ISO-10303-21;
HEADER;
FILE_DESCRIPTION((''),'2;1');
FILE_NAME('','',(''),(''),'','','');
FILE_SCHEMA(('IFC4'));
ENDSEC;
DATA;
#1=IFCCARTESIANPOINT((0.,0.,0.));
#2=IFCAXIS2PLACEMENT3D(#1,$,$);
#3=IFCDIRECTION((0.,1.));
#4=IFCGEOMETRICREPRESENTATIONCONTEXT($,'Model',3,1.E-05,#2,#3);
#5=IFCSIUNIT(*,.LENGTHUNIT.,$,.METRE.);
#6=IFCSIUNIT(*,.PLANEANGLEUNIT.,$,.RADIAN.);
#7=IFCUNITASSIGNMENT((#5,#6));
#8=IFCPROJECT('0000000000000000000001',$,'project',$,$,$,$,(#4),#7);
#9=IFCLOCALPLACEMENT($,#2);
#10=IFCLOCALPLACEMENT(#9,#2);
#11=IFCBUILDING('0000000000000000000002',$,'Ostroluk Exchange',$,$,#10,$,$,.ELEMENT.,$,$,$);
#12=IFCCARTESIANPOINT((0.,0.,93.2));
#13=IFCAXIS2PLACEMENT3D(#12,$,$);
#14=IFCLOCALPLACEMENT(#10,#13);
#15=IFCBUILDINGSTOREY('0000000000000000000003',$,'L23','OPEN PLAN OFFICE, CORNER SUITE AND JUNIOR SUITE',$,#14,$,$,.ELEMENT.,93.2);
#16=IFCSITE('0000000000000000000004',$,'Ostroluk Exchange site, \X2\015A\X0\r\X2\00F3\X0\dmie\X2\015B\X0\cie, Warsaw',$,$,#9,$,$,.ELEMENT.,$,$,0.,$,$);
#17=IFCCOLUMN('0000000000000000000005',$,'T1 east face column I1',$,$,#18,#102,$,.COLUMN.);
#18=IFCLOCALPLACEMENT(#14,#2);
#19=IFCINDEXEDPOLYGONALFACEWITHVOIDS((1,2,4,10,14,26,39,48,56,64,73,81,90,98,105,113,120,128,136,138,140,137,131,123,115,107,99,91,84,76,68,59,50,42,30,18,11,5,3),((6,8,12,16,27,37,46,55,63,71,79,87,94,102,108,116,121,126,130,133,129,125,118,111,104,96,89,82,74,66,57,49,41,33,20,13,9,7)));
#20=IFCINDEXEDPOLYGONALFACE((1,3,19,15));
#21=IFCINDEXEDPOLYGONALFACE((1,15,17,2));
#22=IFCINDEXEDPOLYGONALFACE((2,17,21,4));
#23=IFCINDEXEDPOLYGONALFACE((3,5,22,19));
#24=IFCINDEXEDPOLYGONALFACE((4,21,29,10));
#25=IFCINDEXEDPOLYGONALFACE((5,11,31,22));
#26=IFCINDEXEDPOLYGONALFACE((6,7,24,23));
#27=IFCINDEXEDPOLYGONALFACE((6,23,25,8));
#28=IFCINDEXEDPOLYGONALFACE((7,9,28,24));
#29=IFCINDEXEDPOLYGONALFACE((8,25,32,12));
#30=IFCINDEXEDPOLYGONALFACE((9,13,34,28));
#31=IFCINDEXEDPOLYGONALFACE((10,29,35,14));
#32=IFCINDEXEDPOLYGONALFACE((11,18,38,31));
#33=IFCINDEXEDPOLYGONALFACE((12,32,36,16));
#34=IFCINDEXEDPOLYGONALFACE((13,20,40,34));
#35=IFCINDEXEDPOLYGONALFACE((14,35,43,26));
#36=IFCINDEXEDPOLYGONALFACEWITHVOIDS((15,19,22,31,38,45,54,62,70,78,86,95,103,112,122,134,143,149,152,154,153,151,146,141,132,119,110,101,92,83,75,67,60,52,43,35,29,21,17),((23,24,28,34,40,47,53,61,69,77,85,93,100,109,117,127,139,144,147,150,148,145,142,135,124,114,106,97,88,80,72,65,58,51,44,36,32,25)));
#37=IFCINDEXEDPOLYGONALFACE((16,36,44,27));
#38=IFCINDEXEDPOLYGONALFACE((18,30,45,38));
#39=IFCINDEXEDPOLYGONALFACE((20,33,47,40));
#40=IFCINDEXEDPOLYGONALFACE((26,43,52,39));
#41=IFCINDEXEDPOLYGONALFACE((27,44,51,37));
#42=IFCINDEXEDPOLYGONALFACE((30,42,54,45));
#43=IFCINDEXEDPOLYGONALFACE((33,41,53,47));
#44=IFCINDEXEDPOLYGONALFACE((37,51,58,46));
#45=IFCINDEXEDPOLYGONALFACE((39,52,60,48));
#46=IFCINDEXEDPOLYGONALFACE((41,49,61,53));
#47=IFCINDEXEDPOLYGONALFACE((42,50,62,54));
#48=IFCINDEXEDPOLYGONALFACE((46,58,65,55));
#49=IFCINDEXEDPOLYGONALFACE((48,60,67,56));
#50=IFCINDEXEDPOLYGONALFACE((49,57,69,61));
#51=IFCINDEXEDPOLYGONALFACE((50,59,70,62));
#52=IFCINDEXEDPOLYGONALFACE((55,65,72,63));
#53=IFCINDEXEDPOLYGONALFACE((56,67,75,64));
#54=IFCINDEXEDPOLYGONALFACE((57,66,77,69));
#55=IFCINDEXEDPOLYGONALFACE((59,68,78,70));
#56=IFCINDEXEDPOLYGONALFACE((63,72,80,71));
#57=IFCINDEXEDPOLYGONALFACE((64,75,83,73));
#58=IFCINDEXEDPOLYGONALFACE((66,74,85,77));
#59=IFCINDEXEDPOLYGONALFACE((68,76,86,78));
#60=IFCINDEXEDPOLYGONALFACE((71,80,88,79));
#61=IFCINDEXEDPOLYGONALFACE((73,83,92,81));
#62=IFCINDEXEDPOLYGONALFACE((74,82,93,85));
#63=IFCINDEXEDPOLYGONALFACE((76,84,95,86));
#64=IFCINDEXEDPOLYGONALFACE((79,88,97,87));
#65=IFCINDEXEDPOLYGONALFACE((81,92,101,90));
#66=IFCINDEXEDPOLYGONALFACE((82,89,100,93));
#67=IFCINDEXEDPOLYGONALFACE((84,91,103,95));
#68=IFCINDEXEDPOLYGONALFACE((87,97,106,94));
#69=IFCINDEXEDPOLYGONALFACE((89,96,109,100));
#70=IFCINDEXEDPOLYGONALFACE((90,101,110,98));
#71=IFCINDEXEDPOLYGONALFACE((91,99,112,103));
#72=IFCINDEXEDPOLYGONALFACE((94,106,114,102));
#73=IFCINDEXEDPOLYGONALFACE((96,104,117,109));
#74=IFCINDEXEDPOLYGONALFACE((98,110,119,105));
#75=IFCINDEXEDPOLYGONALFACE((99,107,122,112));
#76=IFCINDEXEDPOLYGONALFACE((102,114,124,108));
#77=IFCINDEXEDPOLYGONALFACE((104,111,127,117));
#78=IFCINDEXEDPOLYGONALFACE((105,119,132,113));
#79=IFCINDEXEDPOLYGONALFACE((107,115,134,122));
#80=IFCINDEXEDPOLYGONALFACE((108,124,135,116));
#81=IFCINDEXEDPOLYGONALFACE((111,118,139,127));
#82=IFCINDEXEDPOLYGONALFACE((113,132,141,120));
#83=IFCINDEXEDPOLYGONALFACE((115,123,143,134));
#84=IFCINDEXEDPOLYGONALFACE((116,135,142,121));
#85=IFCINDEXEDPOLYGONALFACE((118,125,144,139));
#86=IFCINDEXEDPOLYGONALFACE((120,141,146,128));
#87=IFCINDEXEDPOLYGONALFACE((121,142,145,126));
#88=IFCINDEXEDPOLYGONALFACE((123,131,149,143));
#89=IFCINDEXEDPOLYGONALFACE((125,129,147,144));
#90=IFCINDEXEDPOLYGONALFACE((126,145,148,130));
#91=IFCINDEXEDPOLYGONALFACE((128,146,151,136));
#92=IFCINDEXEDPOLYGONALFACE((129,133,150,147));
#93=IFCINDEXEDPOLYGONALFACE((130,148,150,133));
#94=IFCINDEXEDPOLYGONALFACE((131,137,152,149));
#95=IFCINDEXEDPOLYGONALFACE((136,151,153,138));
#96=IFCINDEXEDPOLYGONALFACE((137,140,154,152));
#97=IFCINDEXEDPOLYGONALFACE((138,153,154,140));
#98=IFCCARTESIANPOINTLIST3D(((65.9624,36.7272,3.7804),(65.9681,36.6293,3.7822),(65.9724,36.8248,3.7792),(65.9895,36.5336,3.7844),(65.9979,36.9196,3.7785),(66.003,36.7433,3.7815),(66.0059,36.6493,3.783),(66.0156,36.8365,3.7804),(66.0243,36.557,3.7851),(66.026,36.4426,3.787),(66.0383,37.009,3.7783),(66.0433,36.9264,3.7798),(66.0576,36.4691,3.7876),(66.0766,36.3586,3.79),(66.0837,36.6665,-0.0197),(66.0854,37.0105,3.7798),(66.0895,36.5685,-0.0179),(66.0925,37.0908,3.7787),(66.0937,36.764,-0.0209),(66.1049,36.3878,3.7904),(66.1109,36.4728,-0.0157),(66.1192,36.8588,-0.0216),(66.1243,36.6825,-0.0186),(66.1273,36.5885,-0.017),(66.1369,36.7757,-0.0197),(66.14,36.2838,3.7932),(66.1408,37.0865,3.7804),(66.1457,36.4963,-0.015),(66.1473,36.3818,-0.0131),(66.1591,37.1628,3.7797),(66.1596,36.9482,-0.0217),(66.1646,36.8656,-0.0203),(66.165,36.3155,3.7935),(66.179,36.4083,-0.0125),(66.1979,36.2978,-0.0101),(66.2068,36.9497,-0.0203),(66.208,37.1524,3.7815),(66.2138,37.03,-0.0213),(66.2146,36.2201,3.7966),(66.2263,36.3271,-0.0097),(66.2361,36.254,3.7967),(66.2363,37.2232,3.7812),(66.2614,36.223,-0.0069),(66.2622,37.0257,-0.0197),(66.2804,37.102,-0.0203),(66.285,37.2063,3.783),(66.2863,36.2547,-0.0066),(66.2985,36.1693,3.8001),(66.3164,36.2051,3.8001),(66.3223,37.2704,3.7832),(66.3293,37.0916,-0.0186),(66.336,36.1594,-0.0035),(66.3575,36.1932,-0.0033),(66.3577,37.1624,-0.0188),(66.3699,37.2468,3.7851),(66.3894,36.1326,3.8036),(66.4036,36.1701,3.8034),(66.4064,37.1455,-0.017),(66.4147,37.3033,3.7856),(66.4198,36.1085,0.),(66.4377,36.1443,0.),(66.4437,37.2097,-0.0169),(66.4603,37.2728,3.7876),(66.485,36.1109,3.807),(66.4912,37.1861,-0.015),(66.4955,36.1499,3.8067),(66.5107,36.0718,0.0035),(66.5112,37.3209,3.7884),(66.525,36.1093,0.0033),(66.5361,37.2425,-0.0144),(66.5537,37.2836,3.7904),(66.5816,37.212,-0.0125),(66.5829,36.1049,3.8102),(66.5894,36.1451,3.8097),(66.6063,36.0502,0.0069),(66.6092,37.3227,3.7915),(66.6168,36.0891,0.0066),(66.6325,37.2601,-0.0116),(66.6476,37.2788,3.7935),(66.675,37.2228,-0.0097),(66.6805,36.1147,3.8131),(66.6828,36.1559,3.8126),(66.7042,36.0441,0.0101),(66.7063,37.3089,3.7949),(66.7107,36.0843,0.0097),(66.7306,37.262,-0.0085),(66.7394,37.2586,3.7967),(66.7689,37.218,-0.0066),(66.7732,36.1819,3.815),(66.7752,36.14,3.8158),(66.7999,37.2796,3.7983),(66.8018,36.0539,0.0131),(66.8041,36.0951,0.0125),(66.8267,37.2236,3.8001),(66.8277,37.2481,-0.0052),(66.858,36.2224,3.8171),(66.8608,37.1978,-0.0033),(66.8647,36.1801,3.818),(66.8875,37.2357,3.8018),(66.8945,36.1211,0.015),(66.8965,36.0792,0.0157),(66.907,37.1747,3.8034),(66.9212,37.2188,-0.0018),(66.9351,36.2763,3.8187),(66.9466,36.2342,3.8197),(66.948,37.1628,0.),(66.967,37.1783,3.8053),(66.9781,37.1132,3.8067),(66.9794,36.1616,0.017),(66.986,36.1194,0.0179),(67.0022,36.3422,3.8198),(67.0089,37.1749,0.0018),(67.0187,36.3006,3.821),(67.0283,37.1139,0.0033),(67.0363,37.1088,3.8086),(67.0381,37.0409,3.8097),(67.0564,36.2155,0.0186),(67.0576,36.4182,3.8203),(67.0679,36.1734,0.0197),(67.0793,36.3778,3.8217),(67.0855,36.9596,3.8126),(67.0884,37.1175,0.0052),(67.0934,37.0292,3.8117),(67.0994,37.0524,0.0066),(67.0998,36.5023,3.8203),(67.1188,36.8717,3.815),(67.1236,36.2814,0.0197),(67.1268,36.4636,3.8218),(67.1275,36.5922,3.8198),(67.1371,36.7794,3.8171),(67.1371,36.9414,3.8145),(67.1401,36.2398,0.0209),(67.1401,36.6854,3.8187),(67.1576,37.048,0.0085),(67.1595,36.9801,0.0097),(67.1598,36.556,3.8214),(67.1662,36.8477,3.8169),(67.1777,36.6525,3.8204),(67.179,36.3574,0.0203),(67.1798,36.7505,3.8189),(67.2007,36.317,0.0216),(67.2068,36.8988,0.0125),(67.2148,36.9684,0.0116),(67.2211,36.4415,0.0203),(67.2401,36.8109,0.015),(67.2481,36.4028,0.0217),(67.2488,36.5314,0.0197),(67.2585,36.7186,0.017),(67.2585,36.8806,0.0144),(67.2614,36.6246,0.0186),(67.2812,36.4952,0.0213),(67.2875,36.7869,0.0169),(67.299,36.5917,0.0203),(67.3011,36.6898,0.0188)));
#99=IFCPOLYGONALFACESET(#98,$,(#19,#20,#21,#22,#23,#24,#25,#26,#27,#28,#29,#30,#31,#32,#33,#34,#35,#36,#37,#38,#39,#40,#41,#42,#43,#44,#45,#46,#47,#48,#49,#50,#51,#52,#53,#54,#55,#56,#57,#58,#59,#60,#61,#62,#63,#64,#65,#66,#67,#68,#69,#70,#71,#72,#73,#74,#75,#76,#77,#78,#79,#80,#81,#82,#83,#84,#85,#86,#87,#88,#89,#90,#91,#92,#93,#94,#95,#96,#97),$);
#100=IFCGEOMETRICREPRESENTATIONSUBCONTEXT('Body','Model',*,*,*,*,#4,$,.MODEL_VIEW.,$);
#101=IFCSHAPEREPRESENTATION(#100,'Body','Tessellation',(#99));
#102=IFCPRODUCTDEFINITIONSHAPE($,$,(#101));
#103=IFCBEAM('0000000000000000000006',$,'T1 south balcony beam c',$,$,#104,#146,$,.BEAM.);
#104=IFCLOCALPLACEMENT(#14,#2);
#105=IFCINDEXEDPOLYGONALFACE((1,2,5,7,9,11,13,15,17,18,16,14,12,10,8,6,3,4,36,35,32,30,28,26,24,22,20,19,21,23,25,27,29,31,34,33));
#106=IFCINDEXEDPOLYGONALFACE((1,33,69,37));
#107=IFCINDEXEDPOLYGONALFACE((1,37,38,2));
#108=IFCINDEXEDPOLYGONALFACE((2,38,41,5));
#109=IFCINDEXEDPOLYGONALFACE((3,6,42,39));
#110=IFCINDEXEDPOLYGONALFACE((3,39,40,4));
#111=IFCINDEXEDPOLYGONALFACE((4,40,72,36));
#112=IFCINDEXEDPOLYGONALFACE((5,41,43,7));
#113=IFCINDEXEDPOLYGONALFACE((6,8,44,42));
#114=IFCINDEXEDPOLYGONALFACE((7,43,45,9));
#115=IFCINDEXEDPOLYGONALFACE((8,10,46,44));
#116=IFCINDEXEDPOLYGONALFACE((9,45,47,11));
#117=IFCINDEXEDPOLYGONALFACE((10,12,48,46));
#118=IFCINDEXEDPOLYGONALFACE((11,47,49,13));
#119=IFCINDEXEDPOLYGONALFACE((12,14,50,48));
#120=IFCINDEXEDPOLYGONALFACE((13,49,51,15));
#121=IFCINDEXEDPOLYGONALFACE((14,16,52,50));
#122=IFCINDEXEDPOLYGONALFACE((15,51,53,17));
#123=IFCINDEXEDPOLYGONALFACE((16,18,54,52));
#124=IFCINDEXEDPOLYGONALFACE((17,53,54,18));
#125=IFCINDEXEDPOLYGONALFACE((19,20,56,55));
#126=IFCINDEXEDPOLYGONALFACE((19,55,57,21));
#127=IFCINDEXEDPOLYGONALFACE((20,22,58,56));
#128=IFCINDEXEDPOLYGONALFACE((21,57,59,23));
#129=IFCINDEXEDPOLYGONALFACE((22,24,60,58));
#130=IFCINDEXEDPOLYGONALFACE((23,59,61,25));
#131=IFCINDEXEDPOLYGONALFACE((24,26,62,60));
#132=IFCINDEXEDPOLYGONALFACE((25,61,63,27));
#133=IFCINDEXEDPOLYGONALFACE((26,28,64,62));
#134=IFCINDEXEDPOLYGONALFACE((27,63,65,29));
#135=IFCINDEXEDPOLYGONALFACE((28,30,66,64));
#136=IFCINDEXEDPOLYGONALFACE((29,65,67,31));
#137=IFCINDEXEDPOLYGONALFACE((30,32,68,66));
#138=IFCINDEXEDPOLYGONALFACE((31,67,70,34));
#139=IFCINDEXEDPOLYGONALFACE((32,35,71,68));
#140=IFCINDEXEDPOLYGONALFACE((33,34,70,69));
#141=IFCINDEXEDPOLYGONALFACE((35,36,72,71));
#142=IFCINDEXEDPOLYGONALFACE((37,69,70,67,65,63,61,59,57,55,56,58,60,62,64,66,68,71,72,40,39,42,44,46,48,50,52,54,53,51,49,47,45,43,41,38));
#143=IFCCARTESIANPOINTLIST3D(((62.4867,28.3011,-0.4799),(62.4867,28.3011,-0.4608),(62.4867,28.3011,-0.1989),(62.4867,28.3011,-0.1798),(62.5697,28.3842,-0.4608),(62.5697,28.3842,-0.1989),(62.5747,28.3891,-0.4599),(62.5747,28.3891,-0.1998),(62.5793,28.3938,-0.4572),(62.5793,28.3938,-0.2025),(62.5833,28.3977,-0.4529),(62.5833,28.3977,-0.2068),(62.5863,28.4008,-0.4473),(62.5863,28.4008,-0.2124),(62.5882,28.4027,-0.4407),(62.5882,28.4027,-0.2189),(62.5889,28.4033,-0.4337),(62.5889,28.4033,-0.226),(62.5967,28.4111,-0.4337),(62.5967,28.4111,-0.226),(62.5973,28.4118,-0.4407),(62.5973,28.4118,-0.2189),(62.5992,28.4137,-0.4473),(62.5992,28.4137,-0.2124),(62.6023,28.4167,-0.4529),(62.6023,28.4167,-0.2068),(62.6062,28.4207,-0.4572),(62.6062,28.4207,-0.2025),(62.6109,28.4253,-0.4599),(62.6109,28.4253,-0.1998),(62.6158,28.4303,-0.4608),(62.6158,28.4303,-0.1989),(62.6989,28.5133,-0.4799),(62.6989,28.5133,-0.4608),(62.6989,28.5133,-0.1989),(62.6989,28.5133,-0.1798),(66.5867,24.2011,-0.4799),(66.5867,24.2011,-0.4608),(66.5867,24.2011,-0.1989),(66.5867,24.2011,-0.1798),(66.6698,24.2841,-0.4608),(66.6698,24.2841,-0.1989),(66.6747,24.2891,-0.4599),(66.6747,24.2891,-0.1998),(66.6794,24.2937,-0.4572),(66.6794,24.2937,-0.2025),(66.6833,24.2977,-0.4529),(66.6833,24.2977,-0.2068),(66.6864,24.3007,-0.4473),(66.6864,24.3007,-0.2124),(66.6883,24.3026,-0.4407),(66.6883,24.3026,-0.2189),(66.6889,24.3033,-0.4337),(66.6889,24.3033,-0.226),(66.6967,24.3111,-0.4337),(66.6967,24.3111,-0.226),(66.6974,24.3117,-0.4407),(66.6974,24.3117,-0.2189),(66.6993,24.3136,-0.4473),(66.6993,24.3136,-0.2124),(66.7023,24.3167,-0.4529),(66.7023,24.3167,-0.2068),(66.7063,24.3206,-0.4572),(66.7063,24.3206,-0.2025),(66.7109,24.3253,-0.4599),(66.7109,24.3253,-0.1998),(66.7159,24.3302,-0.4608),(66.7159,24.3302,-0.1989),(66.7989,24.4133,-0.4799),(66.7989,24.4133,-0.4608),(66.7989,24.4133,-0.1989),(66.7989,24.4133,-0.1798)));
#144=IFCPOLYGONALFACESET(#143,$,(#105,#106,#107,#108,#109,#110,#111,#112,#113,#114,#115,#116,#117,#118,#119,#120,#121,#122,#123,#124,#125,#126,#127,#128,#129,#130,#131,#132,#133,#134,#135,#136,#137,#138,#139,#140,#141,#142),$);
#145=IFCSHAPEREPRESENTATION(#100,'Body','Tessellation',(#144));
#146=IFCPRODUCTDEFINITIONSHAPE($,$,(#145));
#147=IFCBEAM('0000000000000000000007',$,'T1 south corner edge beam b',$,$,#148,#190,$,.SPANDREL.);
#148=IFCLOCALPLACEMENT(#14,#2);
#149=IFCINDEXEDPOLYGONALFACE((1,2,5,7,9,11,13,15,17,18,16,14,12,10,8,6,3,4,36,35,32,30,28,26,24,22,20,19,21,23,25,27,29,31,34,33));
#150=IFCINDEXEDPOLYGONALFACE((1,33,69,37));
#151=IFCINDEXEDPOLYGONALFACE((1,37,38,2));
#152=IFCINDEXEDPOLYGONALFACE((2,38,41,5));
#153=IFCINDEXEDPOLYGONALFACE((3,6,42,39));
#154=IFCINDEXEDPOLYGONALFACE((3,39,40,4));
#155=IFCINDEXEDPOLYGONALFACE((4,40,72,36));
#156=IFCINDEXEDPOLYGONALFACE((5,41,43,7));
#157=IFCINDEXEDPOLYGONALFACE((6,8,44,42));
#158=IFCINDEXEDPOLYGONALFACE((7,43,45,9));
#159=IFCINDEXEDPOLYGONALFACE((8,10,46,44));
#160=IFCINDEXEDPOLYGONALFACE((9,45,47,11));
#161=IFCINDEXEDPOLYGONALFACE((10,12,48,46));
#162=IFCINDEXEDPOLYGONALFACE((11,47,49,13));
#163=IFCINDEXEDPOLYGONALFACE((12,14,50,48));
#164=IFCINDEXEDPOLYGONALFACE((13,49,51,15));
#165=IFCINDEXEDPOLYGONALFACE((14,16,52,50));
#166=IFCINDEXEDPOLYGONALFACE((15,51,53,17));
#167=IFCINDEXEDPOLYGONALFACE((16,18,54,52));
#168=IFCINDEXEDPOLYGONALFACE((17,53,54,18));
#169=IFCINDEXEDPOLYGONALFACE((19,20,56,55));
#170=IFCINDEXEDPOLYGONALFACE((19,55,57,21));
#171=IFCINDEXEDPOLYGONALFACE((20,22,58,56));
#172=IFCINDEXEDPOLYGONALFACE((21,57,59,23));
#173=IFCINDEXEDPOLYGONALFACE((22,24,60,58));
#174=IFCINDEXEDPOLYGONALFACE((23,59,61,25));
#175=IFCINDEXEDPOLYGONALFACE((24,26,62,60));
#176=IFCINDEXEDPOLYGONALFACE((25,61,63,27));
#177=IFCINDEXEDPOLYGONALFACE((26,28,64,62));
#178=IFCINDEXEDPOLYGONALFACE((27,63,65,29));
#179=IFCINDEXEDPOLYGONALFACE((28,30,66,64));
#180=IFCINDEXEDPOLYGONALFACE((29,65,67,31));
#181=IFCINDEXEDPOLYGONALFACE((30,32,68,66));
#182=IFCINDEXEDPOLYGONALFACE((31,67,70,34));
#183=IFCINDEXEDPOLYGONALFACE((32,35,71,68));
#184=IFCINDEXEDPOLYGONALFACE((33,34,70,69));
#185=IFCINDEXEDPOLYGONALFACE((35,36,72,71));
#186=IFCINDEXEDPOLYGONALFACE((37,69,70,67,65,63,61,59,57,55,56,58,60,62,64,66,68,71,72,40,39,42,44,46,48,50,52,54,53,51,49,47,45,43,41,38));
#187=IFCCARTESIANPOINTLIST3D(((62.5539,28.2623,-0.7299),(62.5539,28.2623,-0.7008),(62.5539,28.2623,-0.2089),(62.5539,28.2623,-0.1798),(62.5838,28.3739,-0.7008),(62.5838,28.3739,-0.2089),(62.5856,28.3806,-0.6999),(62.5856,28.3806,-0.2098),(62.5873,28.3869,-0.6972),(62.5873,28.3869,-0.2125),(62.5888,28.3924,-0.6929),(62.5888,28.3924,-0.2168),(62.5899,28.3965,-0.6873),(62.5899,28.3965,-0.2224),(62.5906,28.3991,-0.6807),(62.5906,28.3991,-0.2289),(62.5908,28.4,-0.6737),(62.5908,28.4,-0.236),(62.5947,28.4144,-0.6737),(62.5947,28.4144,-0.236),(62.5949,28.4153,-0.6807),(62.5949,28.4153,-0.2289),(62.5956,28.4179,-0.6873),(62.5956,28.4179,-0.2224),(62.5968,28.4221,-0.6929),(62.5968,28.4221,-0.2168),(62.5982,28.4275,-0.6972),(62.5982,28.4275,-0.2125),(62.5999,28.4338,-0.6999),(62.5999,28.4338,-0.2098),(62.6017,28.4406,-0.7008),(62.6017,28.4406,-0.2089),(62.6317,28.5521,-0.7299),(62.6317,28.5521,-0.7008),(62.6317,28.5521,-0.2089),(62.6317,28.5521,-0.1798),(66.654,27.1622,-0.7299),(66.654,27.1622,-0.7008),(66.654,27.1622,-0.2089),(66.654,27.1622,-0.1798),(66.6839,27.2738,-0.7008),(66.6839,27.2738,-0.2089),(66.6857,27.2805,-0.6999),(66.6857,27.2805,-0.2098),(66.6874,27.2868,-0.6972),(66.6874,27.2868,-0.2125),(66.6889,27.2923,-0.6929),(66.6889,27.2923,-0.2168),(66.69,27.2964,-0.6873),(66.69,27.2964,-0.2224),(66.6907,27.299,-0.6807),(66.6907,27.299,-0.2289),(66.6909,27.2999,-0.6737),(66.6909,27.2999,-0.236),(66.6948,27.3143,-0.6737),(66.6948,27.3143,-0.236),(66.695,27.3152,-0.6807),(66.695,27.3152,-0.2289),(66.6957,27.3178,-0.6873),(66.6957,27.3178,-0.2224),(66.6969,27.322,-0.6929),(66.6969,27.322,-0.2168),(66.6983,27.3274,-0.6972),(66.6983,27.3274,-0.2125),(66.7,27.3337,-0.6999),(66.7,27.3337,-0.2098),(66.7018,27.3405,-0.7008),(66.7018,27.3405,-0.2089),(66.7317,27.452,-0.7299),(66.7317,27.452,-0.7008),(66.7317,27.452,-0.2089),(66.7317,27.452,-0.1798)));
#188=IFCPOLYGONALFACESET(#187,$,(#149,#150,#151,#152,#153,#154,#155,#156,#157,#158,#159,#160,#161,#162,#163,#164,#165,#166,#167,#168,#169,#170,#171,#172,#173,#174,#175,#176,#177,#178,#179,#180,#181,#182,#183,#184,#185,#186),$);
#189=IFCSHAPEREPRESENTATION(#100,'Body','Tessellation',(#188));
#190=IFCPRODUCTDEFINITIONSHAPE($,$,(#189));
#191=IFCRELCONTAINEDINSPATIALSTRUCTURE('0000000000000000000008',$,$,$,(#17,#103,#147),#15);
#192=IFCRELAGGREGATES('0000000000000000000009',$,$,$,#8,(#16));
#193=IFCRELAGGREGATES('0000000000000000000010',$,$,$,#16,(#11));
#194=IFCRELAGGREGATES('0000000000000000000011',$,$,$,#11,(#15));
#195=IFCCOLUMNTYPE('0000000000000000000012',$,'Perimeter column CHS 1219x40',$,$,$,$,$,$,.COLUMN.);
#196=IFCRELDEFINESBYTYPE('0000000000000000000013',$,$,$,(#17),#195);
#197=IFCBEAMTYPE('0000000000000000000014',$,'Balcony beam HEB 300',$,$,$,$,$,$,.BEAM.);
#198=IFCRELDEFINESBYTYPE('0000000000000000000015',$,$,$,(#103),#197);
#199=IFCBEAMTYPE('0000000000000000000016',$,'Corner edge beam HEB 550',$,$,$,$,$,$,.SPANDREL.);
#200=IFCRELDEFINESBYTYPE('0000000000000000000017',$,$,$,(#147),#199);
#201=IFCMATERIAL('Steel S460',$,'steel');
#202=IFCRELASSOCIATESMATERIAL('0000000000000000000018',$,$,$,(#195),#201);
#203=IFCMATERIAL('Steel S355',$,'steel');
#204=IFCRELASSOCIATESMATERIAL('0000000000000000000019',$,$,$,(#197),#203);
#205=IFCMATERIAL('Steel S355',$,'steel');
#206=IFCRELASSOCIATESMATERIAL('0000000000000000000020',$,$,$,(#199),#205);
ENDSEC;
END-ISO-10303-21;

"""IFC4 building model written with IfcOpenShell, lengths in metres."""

from ifc_helpers import new_model, si_unit, direction, frame, origin, origin_2d, place, context, subcontext, project, spatial, hollow_circle, i_section, extrude, material, material_profile, profile_set, type_object, element, save


model = new_model("IFC4")

# Units and contexts
model_context = context("Model", 3, precision=1e-05, world=origin(), true_north=direction((0.0, 1.0)))
body_context = subcontext(model_context, "Body", "Model", "MODEL_VIEW")
ifc_project = project(units=[si_unit("LENGTHUNIT", "METRE"), si_unit("PLANEANGLEUNIT", "RADIAN")], contexts=[model_context])

# Site, building, storey
site_placement = place(None, origin())
site = spatial("IfcSite", under=ifc_project, at=site_placement, Name="Ostroluk Exchange site, Śródmieście, Warsaw", CompositionType="ELEMENT", RefElevation=0.0)
building_placement = place(site_placement, origin())
building = spatial("IfcBuilding", under=site, at=building_placement, Name="Ostroluk Exchange", CompositionType="ELEMENT")
storey_placement = place(building_placement, frame((0.0, 0.0, 93.2)))
storey = spatial("IfcBuildingStorey", under=building, at=storey_placement, Name="L23", Description="OPEN PLAN OFFICE, CORNER SUITE AND JUNIOR SUITE", CompositionType="ELEMENT", Elevation=93.2)

# Column
ifc_material_1 = material(Name="Steel S460", Category="steel")
ifc_material_profile_1 = material_profile(ifc_material_1, hollow_circle(Radius=0.6096, WallThickness=0.04, at=origin_2d()), Name="CHS 1219x40")
ifc_profile_set_1 = profile_set([ifc_material_profile_1], Name="Steel S460")
column_type = type_object("IfcColumnType", Name="Perimeter column CHS 1219x40", PredefinedType="COLUMN", material=ifc_profile_set_1)
column_placement = place(storey_placement, frame((66.6929, 36.6536, 0.0), z_axis=(-0.03191, 0.015987, 0.999363), x_axis=(-0.447933, -0.894067, 0.0)))
element("IfcColumn", 1, at=column_placement, inside=storey, type_object=column_type, Name="T1 east face column I1", PredefinedType="COLUMN", context=body_context, shape_type="SweptSolid", body=[
    extrude(hollow_circle(Radius=0.6096, WallThickness=0.04, at=origin_2d()), origin(), (0.0, 0.0, 1.0), 3.8025),
])

# Beams
ifc_material_2 = material(Name="Steel S355", Category="steel")
ifc_material_profile_2 = material_profile(ifc_material_2, i_section(OverallWidth=0.3, OverallDepth=0.3, WebThickness=0.011, FlangeThickness=0.019, FilletRadius=0.0271, at=origin_2d()), Name="HEB 300")
ifc_profile_set_2 = profile_set([ifc_material_profile_2], Name="Steel S355")
beam_type_1 = type_object("IfcBeamType", Name="Balcony beam HEB 300", PredefinedType="BEAM", material=ifc_profile_set_2)
beam_1_placement = place(storey_placement, frame((62.5928, 28.4072, -0.3298), z_axis=(0.707107, -0.707107, 0.0), x_axis=(0.707107, 0.707107, 0.0)))
element("IfcBeam", 2, at=beam_1_placement, inside=storey, type_object=beam_type_1, Name="T1 south balcony beam c", PredefinedType="BEAM", context=body_context, shape_type="SweptSolid", body=[
    extrude(i_section(OverallWidth=0.3, OverallDepth=0.3, WebThickness=0.011, FlangeThickness=0.019, FilletRadius=0.0271, at=origin_2d()), origin(), (0.0, 0.0, 1.0), 5.7983),
])
ifc_material_3 = material(Name="Steel S355", Category="steel")
ifc_material_profile_3 = material_profile(ifc_material_3, i_section(OverallWidth=0.3, OverallDepth=0.55, WebThickness=0.0149, FlangeThickness=0.0291, FilletRadius=0.0271, at=origin_2d()), Name="HEB 550")
ifc_profile_set_3 = profile_set([ifc_material_profile_3], Name="Steel S355")
beam_type_2 = type_object("IfcBeamType", Name="Corner edge beam HEB 550", PredefinedType="SPANDREL", material=ifc_profile_set_3)
beam_2_placement = place(storey_placement, frame((62.5928, 28.4072, -0.4548), z_axis=(0.965839, -0.259144, 0.0), x_axis=(0.259144, 0.965839, 0.0)))
element("IfcBeam", 3, at=beam_2_placement, inside=storey, type_object=beam_type_2, Name="T1 south corner edge beam b", PredefinedType="SPANDREL", context=body_context, shape_type="SweptSolid", body=[
    extrude(i_section(OverallWidth=0.3, OverallDepth=0.55, WebThickness=0.0149, FlangeThickness=0.0291, FilletRadius=0.0271, at=origin_2d()), origin(), (0.0, 0.0, 1.0), 4.2451),
])

save(model, "model.ifc")
